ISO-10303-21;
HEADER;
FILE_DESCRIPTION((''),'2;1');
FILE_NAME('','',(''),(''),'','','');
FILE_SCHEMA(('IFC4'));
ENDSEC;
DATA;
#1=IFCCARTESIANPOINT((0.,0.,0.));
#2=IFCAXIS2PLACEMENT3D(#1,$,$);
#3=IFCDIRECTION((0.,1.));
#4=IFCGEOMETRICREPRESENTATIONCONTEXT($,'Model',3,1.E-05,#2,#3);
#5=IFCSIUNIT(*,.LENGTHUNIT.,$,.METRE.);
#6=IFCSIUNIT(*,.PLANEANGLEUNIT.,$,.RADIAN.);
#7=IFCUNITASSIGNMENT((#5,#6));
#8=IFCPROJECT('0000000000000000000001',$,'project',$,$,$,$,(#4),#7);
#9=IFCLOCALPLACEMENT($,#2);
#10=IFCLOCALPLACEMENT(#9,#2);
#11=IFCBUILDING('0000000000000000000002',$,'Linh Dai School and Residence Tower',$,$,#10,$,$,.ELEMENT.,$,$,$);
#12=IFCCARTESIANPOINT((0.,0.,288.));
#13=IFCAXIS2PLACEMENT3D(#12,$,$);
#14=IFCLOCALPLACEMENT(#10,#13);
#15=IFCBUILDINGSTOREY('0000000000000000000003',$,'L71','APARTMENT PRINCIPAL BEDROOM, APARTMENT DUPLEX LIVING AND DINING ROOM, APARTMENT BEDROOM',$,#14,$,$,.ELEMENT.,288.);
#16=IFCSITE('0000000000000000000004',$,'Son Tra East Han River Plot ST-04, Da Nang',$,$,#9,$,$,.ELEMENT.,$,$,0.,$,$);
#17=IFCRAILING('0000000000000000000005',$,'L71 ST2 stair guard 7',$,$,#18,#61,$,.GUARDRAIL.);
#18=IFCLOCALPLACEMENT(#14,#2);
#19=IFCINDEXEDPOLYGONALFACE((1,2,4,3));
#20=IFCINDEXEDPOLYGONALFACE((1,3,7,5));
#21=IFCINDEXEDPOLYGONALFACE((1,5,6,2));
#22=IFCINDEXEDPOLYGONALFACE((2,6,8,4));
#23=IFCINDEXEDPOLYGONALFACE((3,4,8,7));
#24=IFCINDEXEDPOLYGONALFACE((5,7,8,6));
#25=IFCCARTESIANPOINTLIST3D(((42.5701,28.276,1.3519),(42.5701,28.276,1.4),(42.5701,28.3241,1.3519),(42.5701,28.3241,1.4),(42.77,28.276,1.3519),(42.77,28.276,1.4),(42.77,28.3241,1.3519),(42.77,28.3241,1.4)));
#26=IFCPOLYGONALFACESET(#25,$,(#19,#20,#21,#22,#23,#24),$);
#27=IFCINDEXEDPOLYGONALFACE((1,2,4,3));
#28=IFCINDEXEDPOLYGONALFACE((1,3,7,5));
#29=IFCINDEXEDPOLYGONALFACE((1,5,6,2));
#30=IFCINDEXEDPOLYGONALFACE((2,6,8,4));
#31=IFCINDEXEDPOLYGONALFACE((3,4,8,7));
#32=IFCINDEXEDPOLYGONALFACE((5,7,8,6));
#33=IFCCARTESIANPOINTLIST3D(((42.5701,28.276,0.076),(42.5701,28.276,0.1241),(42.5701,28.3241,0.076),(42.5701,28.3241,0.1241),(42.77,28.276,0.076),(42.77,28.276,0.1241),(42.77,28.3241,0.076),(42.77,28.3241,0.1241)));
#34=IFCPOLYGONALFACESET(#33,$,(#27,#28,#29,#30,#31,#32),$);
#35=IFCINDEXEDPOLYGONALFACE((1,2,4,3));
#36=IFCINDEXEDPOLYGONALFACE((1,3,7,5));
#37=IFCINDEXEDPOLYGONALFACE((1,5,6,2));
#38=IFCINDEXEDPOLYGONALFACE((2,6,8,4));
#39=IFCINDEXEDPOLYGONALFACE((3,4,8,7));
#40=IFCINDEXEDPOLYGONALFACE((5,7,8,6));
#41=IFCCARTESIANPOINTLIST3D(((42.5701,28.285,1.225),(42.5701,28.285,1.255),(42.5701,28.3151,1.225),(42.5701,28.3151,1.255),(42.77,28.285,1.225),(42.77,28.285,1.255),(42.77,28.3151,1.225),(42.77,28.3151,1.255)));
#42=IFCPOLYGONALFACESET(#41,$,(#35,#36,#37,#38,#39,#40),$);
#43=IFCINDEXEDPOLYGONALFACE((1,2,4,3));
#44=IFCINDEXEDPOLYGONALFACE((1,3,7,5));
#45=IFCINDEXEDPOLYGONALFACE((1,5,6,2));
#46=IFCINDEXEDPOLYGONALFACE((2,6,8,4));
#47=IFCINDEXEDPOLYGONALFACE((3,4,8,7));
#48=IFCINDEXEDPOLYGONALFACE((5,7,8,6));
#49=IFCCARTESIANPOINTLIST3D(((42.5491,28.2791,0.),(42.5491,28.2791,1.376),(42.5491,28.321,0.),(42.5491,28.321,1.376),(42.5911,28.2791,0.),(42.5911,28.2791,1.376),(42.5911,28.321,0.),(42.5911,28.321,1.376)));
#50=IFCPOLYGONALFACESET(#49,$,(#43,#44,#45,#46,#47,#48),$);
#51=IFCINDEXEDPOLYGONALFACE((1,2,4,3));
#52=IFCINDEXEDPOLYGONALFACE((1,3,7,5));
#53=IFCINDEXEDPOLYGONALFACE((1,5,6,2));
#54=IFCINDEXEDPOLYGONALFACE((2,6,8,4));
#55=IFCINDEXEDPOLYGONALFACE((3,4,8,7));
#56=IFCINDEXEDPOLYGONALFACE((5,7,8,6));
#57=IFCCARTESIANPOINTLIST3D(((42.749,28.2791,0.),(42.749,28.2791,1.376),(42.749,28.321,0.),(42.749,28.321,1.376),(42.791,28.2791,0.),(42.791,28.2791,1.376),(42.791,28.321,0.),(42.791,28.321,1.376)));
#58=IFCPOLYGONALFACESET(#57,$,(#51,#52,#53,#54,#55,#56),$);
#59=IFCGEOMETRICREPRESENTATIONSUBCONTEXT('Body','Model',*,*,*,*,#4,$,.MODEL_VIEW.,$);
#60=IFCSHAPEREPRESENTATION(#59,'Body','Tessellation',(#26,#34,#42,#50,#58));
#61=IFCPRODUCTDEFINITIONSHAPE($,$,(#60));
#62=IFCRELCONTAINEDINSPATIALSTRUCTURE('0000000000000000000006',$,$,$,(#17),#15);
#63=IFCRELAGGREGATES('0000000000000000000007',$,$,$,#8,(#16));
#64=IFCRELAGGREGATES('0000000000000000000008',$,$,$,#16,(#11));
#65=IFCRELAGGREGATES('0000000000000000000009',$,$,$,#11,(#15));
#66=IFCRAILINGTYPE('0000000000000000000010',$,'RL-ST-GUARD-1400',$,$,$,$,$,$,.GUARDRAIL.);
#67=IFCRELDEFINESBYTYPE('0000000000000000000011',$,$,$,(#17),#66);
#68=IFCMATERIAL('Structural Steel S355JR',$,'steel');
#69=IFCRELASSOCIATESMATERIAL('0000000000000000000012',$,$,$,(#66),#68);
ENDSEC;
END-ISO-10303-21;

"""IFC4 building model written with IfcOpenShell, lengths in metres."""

from ifc_helpers import new_model, si_unit, direction, frame, origin, origin_2d, place, context, subcontext, project, spatial, rectangle, extrude, source, transform, mapped, material, type_object, element, save


model = new_model("IFC4")

# Units and contexts
model_context = context("Model", 3, precision=1e-05, world=origin(), true_north=direction((0.0, 1.0)))
body_context = subcontext(model_context, "Body", "Model", "MODEL_VIEW")
ifc_project = project(units=[si_unit("LENGTHUNIT", "METRE"), si_unit("PLANEANGLEUNIT", "RADIAN")], contexts=[model_context])

# Site, building, storey
site_placement = place(None, origin())
site = spatial("IfcSite", under=ifc_project, at=site_placement, Name="Son Tra East Han River Plot ST-04, Da Nang", CompositionType="ELEMENT", RefElevation=0.0)
building_placement = place(site_placement, origin())
building = spatial("IfcBuilding", under=site, at=building_placement, Name="Linh Dai School and Residence Tower", CompositionType="ELEMENT")
storey_placement = place(building_placement, frame((0.0, 0.0, 288.0)))
storey = spatial("IfcBuildingStorey", under=building, at=storey_placement, Name="L71", Description="APARTMENT PRINCIPAL BEDROOM, APARTMENT DUPLEX LIVING AND DINING ROOM, APARTMENT BEDROOM", CompositionType="ELEMENT", Elevation=288.0)

# Shared definitions
ifc_material_1 = material(Name="Structural Steel S355JR", Category="steel")

# Railing
railing_type_1 = type_object("IfcRailingType", Name="RL-ST-GUARD-1400", PredefinedType="GUARDRAIL", material=ifc_material_1)
shared_shape_1 = source(origin(), body_context, "Body", "SweptSolid", [
    extrude(rectangle(XDim=0.0481, YDim=0.0481, at=origin_2d()), frame((0.0, 0.0, 1.376), z_axis=(1.0, 0.0, 0.0), x_axis=(0.0, 1.0, 0.0)), (0.0, 0.0, 1.0), 0.2),
    extrude(rectangle(XDim=0.0481, YDim=0.0481, at=origin_2d()), frame((0.0, 0.0, 0.1001), z_axis=(1.0, 0.0, 0.0), x_axis=(0.0, 1.0, 0.0)), (0.0, 0.0, 1.0), 0.2),
    extrude(rectangle(XDim=0.03, YDim=0.03, at=origin_2d()), frame((0.0, 0.0, 1.24), z_axis=(1.0, 0.0, 0.0), x_axis=(0.0, 1.0, 0.0)), (0.0, 0.0, 1.0), 0.2),
    extrude(rectangle(XDim=0.042, YDim=0.042, at=origin_2d()), origin(), (0.0, 0.0, 1.0), 1.376),
    extrude(rectangle(XDim=0.042, YDim=0.042, at=origin_2d()), frame((0.2, 0.0, 0.0)), (0.0, 0.0, 1.0), 1.376),
])
railing_1_placement = place(storey_placement, frame((42.5701, 28.3, 0.0)))
element("IfcRailing", 1, at=railing_1_placement, inside=storey, type_object=railing_type_1, Name="L71 ST2 stair guard 7", PredefinedType="GUARDRAIL", context=body_context, shape_type="MappedRepresentation", body=[
    mapped(shared_shape_1, transform((0.0, 0.0, 0.0), x_axis=(1.0, 0.0, 0.0), y_axis=(0.0, 1.0, 0.0), z_axis=(0.0, 0.0, 1.0), scale=1.0)),
])

save(model, "model.ifc")
